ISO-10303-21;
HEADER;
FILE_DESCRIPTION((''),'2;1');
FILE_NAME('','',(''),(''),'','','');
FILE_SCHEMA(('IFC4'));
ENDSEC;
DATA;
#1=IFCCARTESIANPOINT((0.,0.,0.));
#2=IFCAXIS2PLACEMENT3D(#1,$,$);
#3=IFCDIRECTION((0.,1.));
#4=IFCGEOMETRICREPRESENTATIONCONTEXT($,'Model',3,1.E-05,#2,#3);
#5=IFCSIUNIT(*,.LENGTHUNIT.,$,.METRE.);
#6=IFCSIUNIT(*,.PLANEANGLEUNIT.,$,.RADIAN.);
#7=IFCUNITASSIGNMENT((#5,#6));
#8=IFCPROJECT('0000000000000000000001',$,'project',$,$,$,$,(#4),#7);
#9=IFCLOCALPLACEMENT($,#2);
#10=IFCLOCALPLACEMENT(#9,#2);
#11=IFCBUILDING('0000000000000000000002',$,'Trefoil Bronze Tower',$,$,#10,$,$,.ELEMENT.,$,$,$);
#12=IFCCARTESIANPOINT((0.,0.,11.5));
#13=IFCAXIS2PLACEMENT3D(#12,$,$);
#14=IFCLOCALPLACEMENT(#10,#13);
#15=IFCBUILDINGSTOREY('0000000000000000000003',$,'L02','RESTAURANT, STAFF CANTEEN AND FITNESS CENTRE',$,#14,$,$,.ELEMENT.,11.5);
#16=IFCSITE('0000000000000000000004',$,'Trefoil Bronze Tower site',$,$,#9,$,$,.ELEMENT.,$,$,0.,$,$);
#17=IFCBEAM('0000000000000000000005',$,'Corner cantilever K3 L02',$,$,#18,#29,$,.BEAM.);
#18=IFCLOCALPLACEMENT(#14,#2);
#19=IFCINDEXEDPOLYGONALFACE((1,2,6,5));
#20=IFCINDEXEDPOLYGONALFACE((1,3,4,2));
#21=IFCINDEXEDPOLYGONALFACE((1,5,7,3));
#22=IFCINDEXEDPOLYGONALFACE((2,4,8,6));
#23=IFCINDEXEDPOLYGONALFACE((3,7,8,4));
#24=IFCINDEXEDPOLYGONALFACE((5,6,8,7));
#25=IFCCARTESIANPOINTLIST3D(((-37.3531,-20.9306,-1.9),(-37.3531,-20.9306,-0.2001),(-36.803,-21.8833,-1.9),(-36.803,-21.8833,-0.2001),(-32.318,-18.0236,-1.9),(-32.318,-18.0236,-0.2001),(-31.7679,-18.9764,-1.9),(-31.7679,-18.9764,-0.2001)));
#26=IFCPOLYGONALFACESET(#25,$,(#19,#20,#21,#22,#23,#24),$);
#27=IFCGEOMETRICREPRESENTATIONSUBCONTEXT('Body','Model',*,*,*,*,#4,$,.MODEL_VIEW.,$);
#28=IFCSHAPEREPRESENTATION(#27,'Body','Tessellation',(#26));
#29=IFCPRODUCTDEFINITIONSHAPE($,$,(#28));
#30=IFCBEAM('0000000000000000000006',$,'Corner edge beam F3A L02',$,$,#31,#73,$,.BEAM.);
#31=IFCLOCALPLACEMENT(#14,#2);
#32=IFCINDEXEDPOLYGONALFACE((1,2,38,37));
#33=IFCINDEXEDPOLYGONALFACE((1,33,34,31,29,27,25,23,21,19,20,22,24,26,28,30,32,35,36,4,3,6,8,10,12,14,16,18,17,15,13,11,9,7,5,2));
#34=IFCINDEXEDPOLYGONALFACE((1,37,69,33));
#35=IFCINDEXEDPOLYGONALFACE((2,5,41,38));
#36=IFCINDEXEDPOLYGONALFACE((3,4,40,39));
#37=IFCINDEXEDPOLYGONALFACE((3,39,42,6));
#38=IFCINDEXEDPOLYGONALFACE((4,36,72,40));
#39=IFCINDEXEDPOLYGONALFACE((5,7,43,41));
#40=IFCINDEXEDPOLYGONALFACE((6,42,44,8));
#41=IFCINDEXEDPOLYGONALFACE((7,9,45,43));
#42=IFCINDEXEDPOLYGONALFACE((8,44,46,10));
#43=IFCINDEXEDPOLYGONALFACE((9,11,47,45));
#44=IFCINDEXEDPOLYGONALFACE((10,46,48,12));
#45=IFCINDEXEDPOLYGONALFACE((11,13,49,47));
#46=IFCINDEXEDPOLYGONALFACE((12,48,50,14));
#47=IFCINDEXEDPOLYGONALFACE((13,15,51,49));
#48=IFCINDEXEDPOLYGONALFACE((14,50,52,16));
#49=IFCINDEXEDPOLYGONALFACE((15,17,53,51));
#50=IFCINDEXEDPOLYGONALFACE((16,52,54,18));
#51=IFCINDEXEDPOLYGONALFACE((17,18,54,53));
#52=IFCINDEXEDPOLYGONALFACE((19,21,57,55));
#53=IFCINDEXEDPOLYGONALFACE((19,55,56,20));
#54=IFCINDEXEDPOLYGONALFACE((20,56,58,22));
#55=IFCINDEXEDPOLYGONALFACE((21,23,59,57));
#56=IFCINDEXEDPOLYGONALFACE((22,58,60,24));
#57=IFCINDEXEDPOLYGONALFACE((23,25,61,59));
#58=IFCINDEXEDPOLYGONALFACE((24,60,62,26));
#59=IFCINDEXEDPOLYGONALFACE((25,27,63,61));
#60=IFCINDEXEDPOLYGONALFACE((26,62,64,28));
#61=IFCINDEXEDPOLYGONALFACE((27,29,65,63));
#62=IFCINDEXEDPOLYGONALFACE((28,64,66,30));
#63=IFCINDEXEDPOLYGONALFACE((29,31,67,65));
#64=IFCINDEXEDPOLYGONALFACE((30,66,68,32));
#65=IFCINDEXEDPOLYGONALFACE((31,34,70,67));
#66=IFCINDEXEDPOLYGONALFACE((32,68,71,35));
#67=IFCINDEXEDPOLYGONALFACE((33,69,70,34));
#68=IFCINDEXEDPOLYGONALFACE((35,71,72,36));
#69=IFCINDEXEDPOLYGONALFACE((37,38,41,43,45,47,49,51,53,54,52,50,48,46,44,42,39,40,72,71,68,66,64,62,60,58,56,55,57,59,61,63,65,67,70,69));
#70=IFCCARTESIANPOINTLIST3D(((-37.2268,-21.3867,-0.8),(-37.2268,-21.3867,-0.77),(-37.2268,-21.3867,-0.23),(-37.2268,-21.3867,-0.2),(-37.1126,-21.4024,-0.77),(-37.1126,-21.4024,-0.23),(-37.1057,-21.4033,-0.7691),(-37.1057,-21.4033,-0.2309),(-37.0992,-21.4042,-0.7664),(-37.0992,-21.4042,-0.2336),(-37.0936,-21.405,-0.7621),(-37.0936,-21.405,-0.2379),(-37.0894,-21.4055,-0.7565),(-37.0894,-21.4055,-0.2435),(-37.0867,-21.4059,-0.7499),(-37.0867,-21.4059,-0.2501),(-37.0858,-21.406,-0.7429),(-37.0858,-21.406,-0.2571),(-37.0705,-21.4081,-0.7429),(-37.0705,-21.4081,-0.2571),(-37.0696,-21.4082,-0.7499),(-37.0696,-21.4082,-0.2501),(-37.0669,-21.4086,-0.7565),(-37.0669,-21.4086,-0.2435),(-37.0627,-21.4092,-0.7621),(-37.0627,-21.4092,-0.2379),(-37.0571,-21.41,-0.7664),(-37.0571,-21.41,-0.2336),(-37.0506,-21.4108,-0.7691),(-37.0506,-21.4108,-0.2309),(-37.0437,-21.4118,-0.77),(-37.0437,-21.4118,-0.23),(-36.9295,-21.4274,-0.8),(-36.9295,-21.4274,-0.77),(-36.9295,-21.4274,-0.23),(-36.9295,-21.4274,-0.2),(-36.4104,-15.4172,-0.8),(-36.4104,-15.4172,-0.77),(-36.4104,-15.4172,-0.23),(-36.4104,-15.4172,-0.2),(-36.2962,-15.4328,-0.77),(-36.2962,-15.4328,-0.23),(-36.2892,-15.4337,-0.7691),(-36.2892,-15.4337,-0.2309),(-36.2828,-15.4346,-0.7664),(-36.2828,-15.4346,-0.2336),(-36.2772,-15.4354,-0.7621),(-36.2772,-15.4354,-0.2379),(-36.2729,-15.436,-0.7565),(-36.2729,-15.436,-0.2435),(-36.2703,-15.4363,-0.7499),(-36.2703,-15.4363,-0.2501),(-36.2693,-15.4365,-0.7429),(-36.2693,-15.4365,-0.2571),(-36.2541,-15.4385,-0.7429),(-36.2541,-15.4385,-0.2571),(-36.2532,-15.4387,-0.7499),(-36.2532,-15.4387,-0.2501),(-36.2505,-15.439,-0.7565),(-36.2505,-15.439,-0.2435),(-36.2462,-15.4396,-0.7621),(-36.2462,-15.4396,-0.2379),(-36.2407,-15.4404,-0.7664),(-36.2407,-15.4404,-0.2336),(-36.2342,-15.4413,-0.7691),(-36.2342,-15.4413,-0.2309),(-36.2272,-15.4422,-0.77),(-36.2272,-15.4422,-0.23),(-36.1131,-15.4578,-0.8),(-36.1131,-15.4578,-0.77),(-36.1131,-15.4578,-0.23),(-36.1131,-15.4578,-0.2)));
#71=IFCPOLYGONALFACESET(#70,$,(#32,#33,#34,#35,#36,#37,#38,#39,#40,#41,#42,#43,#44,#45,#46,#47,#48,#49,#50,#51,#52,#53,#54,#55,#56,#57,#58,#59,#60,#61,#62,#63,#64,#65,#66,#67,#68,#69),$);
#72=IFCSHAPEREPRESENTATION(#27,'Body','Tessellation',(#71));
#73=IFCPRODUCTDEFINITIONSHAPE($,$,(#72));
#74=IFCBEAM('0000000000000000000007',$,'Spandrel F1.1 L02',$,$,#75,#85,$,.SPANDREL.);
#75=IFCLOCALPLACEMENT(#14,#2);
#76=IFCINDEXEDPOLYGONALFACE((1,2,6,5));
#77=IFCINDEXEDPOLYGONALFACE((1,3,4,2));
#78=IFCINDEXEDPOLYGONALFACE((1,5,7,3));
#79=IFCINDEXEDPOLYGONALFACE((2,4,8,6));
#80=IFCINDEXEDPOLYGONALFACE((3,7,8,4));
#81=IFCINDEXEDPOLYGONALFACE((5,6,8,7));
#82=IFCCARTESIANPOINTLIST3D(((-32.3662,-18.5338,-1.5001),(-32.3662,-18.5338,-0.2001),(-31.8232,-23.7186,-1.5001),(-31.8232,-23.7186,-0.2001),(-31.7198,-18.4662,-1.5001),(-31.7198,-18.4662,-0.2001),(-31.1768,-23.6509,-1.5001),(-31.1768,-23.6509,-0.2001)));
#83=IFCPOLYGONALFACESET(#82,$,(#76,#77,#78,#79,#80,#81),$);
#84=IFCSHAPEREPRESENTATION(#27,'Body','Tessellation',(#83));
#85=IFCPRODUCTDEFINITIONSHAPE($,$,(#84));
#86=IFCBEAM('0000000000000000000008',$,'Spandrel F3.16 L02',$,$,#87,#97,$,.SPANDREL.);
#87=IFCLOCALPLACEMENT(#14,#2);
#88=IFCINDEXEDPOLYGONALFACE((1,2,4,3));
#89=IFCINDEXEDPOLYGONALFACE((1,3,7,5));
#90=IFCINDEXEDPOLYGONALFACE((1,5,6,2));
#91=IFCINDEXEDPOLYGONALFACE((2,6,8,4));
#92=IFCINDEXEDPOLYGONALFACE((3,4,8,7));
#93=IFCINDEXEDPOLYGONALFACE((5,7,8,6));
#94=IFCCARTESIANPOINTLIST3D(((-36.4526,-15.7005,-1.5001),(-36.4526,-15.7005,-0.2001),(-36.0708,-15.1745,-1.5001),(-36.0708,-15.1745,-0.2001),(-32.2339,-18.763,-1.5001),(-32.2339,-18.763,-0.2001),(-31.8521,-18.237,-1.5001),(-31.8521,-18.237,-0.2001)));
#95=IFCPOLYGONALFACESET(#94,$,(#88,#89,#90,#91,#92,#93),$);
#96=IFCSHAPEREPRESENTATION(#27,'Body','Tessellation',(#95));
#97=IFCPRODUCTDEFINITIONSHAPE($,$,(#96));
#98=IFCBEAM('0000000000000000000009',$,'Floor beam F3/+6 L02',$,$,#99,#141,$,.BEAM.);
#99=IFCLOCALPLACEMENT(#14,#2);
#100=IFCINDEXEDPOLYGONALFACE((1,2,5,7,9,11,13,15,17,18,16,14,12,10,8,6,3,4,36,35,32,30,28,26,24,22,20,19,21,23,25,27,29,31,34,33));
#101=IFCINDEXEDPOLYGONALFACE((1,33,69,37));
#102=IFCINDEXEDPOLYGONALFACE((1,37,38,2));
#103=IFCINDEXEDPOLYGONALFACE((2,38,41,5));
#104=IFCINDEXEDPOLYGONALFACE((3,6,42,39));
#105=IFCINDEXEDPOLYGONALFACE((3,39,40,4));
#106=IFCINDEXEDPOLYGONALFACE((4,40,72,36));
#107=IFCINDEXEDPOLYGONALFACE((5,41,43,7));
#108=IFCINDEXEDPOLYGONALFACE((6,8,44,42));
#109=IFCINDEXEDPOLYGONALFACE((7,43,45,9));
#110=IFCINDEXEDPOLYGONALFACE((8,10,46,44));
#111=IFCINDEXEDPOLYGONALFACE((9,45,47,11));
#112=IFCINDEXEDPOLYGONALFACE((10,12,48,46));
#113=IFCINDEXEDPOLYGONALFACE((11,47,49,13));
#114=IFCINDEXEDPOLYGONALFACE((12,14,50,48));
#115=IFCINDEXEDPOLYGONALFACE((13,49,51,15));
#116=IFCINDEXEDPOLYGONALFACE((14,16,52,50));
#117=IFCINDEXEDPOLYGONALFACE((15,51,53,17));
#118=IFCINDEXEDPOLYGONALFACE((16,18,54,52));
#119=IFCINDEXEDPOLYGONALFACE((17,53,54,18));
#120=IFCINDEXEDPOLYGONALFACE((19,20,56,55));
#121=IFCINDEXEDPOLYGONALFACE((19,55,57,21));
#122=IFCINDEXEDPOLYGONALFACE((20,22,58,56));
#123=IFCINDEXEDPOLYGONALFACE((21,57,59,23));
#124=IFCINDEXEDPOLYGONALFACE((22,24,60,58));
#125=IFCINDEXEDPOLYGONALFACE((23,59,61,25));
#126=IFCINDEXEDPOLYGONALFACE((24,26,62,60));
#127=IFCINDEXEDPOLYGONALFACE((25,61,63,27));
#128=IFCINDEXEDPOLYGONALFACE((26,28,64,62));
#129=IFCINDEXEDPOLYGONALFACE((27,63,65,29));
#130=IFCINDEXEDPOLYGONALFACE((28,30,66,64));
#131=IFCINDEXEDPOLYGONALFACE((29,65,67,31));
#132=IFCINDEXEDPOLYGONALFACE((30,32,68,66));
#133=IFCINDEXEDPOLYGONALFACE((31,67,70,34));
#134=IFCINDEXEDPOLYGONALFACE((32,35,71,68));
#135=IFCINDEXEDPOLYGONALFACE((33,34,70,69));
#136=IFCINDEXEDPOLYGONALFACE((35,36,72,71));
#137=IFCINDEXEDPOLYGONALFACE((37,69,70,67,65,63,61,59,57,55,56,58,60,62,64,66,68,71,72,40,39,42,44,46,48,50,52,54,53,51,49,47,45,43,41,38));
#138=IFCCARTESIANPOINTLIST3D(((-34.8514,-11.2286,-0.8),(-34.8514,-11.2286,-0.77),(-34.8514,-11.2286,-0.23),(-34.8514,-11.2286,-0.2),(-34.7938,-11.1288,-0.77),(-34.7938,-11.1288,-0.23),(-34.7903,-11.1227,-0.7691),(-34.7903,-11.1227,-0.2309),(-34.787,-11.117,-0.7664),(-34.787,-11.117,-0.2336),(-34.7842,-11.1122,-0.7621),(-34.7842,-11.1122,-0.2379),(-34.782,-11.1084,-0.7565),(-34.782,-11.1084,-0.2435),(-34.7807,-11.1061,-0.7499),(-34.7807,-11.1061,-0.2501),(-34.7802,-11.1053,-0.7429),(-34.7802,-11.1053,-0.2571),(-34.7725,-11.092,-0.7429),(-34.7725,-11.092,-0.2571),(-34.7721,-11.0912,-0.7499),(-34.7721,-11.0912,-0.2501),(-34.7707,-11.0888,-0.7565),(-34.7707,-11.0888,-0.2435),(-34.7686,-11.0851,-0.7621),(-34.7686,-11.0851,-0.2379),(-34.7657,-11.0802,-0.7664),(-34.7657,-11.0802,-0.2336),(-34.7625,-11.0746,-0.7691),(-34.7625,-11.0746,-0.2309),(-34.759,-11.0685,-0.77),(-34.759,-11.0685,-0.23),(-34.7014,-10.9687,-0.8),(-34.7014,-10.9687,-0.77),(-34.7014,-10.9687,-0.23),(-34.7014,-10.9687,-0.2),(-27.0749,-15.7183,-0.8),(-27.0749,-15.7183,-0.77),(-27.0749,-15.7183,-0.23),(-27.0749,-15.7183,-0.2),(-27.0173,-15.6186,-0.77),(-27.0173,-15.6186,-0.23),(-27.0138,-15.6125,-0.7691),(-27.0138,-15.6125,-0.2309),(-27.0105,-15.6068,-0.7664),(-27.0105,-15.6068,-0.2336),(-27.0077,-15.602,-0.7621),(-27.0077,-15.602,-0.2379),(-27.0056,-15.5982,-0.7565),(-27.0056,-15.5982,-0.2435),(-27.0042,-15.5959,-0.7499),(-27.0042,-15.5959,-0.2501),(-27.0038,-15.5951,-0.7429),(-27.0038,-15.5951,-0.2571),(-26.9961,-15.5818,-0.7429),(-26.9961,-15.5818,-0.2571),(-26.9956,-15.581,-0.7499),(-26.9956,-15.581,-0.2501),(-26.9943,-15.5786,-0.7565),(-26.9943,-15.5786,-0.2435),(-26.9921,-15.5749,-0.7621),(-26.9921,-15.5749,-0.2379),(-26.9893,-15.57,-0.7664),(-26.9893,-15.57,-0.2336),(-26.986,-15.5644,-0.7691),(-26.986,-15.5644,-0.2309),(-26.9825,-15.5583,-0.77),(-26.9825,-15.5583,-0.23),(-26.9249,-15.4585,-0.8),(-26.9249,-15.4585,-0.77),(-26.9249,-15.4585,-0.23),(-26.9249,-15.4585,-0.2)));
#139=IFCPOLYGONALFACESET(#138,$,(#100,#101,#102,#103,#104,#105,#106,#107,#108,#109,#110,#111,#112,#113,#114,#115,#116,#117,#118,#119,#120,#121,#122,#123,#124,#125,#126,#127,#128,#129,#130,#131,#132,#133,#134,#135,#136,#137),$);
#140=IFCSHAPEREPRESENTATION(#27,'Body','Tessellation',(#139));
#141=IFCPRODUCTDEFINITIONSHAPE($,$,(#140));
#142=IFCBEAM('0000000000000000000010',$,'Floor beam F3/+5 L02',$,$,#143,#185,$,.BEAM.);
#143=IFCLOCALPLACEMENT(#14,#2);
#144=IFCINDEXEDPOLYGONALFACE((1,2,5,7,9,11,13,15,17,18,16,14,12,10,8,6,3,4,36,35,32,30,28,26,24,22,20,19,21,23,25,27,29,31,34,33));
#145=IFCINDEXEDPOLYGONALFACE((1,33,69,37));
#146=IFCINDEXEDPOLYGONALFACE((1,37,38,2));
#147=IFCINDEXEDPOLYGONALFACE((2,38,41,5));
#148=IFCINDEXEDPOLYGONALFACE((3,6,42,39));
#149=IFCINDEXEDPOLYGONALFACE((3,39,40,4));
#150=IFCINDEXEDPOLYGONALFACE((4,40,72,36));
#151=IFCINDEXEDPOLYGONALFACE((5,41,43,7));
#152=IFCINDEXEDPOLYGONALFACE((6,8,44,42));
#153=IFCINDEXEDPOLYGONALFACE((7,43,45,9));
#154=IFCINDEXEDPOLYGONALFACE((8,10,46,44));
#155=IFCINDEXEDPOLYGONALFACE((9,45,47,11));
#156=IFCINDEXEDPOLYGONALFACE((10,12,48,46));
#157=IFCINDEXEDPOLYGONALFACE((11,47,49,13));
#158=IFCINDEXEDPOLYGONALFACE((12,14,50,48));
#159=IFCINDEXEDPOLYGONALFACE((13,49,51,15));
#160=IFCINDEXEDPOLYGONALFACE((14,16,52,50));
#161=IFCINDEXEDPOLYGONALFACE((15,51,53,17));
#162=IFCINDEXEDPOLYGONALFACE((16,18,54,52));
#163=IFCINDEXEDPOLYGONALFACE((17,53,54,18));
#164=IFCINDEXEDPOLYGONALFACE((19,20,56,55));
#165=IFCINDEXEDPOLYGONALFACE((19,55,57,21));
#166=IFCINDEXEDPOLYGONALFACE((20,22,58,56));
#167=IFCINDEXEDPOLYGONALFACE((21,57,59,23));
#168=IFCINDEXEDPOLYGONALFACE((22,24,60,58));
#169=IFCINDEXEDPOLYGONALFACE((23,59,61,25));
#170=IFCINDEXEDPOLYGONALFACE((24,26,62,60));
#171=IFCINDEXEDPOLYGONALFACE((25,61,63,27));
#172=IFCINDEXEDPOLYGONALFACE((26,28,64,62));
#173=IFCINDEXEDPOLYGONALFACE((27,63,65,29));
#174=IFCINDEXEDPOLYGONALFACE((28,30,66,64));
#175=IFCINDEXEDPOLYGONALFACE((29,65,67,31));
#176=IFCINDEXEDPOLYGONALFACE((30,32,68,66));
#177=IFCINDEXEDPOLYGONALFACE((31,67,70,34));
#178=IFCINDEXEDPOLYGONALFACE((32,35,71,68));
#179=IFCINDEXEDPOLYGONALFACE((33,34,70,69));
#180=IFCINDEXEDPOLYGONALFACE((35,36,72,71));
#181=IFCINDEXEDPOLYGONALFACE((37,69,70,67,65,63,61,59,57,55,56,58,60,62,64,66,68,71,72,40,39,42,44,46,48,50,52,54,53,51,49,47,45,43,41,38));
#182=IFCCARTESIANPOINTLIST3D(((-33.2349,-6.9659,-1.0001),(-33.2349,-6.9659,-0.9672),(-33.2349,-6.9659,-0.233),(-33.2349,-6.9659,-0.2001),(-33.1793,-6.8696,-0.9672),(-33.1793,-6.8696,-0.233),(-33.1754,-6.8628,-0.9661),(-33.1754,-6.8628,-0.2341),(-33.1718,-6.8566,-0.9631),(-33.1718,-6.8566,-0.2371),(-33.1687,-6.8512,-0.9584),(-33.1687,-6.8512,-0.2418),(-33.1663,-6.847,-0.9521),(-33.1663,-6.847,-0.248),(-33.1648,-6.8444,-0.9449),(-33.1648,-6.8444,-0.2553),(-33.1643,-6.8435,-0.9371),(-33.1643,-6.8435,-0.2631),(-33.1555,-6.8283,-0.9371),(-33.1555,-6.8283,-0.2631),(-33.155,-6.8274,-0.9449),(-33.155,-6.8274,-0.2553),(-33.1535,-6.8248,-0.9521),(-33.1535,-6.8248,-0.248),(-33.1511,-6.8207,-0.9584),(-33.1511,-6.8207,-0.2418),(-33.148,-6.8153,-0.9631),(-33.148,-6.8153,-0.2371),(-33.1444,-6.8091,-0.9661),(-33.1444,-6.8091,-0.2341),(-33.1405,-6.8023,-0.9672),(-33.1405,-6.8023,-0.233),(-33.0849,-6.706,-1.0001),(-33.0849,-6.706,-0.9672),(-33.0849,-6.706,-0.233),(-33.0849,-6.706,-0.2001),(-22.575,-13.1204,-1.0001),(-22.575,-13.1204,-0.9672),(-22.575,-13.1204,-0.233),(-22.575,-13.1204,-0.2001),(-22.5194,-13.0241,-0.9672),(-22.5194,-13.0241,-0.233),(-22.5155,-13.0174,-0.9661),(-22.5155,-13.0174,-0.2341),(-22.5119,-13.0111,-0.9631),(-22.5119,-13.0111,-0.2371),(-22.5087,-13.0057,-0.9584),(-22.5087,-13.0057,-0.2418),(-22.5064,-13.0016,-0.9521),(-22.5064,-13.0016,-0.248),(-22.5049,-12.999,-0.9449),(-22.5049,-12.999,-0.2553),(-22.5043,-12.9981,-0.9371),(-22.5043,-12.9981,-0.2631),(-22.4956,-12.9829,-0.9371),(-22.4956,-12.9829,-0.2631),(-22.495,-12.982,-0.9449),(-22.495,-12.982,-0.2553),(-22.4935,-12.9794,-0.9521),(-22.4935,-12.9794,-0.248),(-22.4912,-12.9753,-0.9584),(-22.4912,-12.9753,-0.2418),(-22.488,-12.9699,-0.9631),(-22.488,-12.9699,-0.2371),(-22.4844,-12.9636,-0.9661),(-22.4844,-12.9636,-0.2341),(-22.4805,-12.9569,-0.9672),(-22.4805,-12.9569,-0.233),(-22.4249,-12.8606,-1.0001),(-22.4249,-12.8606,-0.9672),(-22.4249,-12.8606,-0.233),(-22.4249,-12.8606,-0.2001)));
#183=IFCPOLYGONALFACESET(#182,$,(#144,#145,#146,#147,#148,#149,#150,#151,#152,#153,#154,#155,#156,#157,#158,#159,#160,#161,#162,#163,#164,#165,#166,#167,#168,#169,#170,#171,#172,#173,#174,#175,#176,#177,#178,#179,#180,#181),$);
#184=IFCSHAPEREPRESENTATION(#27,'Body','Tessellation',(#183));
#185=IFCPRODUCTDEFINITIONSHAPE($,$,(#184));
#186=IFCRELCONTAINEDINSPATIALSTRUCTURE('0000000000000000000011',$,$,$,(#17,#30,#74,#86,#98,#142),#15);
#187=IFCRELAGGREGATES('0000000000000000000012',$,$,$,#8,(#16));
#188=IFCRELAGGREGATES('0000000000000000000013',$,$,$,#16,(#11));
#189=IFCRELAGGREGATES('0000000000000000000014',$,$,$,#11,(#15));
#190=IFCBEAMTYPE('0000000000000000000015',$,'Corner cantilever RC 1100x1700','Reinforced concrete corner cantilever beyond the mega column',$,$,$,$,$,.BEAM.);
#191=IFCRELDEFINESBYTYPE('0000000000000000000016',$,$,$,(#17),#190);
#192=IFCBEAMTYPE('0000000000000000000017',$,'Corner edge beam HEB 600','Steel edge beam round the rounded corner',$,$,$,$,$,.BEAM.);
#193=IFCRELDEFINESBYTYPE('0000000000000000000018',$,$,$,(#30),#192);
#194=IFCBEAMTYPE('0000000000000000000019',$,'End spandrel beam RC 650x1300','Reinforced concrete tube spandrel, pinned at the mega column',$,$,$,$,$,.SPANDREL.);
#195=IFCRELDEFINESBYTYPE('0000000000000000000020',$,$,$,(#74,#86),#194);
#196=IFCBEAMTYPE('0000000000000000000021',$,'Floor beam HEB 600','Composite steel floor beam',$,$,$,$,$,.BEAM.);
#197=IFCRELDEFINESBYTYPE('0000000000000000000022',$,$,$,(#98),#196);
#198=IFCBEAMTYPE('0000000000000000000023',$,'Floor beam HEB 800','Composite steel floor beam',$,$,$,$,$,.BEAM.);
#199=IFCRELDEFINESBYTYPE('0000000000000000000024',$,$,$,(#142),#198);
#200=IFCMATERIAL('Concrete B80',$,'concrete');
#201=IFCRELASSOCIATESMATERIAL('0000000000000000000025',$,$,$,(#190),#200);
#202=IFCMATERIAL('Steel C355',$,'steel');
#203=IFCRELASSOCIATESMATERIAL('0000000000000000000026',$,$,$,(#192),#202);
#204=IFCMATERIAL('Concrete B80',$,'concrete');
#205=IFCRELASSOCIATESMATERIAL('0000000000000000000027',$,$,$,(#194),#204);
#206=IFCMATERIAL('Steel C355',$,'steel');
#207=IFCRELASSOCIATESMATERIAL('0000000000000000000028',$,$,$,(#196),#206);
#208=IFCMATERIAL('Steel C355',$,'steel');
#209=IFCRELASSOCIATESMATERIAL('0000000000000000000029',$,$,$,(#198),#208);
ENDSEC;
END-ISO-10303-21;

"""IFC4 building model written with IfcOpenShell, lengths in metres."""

from ifc_helpers import new_model, si_unit, direction, frame, origin, origin_2d, place, context, subcontext, project, spatial, rectangle, i_section, extrude, material, material_profile, profile_set, type_object, element, save


model = new_model("IFC4")

# Units and contexts
model_context = context("Model", 3, precision=1e-05, world=origin(), true_north=direction((0.0, 1.0)))
body_context = subcontext(model_context, "Body", "Model", "MODEL_VIEW")
ifc_project = project(units=[si_unit("LENGTHUNIT", "METRE"), si_unit("PLANEANGLEUNIT", "RADIAN")], contexts=[model_context])

# Site, building, storey
site_placement = place(None, origin())
site = spatial("IfcSite", under=ifc_project, at=site_placement, Name="Trefoil Bronze Tower site", CompositionType="ELEMENT", RefElevation=0.0)
building_placement = place(site_placement, origin())
building = spatial("IfcBuilding", under=site, at=building_placement, Name="Trefoil Bronze Tower", CompositionType="ELEMENT")
storey_placement = place(building_placement, frame((0.0, 0.0, 11.5)))
storey = spatial("IfcBuildingStorey", under=building, at=storey_placement, Name="L02", Description="RESTAURANT, STAFF CANTEEN AND FITNESS CENTRE", CompositionType="ELEMENT", Elevation=11.5)

# Beams
ifc_material_1 = material(Name="Concrete B80", Category="concrete")
ifc_material_profile_1 = material_profile(ifc_material_1, rectangle(XDim=1.1001, YDim=1.7, at=origin_2d()), Name="RC 1100x1700")
ifc_profile_set_1 = profile_set([ifc_material_profile_1], Name="Concrete B80")
beam_type_1 = type_object("IfcBeamType", Name="Corner cantilever RC 1100x1700", Description="Reinforced concrete corner cantilever beyond the mega column", PredefinedType="BEAM", material=ifc_profile_set_1)
beam_1_placement = place(storey_placement, frame((-32.043, -18.5, -1.05), z_axis=(-0.86603, -0.499991, 0.0), x_axis=(0.499991, -0.86603, 0.0)))
element("IfcBeam", 1, at=beam_1_placement, inside=storey, type_object=beam_type_1, Name="Corner cantilever K3 L02", PredefinedType="BEAM", context=body_context, shape_type="SweptSolid", body=[
    extrude(rectangle(XDim=1.1001, YDim=1.7, at=origin_2d()), origin(), (0.0, 0.0, 1.0), 5.814),
])
ifc_material_2 = material(Name="Steel C355", Category="steel")
ifc_material_profile_2 = material_profile(ifc_material_2, i_section(OverallWidth=0.3, OverallDepth=0.6001, WebThickness=0.0154, FlangeThickness=0.03, FilletRadius=0.0271, at=origin_2d()), Name="HEB 600")
ifc_profile_set_2 = profile_set([ifc_material_profile_2], Name="Steel C355")
beam_type_2 = type_object("IfcBeamType", Name="Corner edge beam HEB 600", Description="Steel edge beam round the rounded corner", PredefinedType="BEAM", material=ifc_profile_set_2)
beam_2_placement = place(storey_placement, frame((-36.2617, -15.4375, -0.5), z_axis=(-0.135502, -0.990777, 0.0), x_axis=(0.990777, -0.135502, 0.0)))
element("IfcBeam", 2, at=beam_2_placement, inside=storey, type_object=beam_type_2, Name="Corner edge beam F3A L02", PredefinedType="BEAM", context=body_context, shape_type="SweptSolid", body=[
    extrude(i_section(OverallWidth=0.3, OverallDepth=0.6001, WebThickness=0.0154, FlangeThickness=0.03, FilletRadius=0.0271, at=origin_2d()), origin(), (0.0, 0.0, 1.0), 6.0251),
])
ifc_material_3 = material(Name="Concrete B80", Category="concrete")
ifc_material_profile_3 = material_profile(ifc_material_3, rectangle(XDim=0.6499, YDim=1.3, at=origin_2d()), Name="RC 650x1300")
ifc_profile_set_3 = profile_set([ifc_material_profile_3], Name="Concrete B80")
beam_type_3 = type_object("IfcBeamType", Name="End spandrel beam RC 650x1300", Description="Reinforced concrete tube spandrel, pinned at the mega column", PredefinedType="SPANDREL", material=ifc_profile_set_3)
for number, where, z_axis, x_axis, name in (
    (3, (-32.043, -18.5, -0.8501), (0.104153, -0.994561, 0.0), (0.994561, 0.104153, 0.0), "Spandrel F1.1 L02"),
    (4, (-36.2617, -15.4375, -0.8501), (0.809254, -0.587459, 0.0), (0.587459, 0.809254, 0.0), "Spandrel F3.16 L02"),
):
    element("IfcBeam", number, at=place(storey_placement, frame(where, z_axis=z_axis, x_axis=x_axis)), inside=storey, type_object=beam_type_3, Name=name, PredefinedType="SPANDREL", context=body_context, shape_type="SweptSolid", body=[
        extrude(rectangle(XDim=0.6499, YDim=1.3, at=origin_2d()), origin(), (0.0, 0.0, 1.0), 5.2131),
    ])
ifc_material_4 = material(Name="Steel C355", Category="steel")
ifc_material_profile_4 = material_profile(ifc_material_4, i_section(OverallWidth=0.3, OverallDepth=0.6001, WebThickness=0.0154, FlangeThickness=0.03, FilletRadius=0.0271, at=origin_2d()), Name="HEB 600")
ifc_profile_set_4 = profile_set([ifc_material_profile_4], Name="Steel C355")
beam_type_4 = type_object("IfcBeamType", Name="Floor beam HEB 600", Description="Composite steel floor beam", PredefinedType="BEAM", material=ifc_profile_set_4)
beam_3_placement = place(storey_placement, frame((-34.7764, -11.0986, -0.5), z_axis=(0.866023, -0.500005, 0.0), x_axis=(0.500005, 0.866023, 0.0)))
element("IfcBeam", 5, at=beam_3_placement, inside=storey, type_object=beam_type_4, Name="Floor beam F3/+6 L02", PredefinedType="BEAM", context=body_context, shape_type="SweptSolid", body=[
    extrude(i_section(OverallWidth=0.3, OverallDepth=0.6001, WebThickness=0.0154, FlangeThickness=0.03, FilletRadius=0.0271, at=origin_2d()), origin(), (0.0, 0.0, 1.0), 8.9795),
])
ifc_material_5 = material(Name="Steel C355", Category="steel")
ifc_material_profile_5 = material_profile(ifc_material_5, i_section(OverallWidth=0.3, OverallDepth=0.8, WebThickness=0.0176, FlangeThickness=0.033, FilletRadius=0.03, at=origin_2d()), Name="HEB 800")
ifc_profile_set_5 = profile_set([ifc_material_profile_5], Name="Steel C355")
beam_type_5 = type_object("IfcBeamType", Name="Floor beam HEB 800", Description="Composite steel floor beam", PredefinedType="BEAM", material=ifc_profile_set_5)
beam_4_placement = place(storey_placement, frame((-33.1599, -6.8359, -0.6001), z_axis=(0.866024, -0.500002, 0.0), x_axis=(0.500002, 0.866024, 0.0)))
element("IfcBeam", 6, at=beam_4_placement, inside=storey, type_object=beam_type_5, Name="Floor beam F3/+5 L02", PredefinedType="BEAM", context=body_context, shape_type="SweptSolid", body=[
    extrude(i_section(OverallWidth=0.3, OverallDepth=0.8, WebThickness=0.0176, FlangeThickness=0.033, FilletRadius=0.03, at=origin_2d()), origin(), (0.0, 0.0, 1.0), 12.3091),
])

save(model, "model.ifc")
